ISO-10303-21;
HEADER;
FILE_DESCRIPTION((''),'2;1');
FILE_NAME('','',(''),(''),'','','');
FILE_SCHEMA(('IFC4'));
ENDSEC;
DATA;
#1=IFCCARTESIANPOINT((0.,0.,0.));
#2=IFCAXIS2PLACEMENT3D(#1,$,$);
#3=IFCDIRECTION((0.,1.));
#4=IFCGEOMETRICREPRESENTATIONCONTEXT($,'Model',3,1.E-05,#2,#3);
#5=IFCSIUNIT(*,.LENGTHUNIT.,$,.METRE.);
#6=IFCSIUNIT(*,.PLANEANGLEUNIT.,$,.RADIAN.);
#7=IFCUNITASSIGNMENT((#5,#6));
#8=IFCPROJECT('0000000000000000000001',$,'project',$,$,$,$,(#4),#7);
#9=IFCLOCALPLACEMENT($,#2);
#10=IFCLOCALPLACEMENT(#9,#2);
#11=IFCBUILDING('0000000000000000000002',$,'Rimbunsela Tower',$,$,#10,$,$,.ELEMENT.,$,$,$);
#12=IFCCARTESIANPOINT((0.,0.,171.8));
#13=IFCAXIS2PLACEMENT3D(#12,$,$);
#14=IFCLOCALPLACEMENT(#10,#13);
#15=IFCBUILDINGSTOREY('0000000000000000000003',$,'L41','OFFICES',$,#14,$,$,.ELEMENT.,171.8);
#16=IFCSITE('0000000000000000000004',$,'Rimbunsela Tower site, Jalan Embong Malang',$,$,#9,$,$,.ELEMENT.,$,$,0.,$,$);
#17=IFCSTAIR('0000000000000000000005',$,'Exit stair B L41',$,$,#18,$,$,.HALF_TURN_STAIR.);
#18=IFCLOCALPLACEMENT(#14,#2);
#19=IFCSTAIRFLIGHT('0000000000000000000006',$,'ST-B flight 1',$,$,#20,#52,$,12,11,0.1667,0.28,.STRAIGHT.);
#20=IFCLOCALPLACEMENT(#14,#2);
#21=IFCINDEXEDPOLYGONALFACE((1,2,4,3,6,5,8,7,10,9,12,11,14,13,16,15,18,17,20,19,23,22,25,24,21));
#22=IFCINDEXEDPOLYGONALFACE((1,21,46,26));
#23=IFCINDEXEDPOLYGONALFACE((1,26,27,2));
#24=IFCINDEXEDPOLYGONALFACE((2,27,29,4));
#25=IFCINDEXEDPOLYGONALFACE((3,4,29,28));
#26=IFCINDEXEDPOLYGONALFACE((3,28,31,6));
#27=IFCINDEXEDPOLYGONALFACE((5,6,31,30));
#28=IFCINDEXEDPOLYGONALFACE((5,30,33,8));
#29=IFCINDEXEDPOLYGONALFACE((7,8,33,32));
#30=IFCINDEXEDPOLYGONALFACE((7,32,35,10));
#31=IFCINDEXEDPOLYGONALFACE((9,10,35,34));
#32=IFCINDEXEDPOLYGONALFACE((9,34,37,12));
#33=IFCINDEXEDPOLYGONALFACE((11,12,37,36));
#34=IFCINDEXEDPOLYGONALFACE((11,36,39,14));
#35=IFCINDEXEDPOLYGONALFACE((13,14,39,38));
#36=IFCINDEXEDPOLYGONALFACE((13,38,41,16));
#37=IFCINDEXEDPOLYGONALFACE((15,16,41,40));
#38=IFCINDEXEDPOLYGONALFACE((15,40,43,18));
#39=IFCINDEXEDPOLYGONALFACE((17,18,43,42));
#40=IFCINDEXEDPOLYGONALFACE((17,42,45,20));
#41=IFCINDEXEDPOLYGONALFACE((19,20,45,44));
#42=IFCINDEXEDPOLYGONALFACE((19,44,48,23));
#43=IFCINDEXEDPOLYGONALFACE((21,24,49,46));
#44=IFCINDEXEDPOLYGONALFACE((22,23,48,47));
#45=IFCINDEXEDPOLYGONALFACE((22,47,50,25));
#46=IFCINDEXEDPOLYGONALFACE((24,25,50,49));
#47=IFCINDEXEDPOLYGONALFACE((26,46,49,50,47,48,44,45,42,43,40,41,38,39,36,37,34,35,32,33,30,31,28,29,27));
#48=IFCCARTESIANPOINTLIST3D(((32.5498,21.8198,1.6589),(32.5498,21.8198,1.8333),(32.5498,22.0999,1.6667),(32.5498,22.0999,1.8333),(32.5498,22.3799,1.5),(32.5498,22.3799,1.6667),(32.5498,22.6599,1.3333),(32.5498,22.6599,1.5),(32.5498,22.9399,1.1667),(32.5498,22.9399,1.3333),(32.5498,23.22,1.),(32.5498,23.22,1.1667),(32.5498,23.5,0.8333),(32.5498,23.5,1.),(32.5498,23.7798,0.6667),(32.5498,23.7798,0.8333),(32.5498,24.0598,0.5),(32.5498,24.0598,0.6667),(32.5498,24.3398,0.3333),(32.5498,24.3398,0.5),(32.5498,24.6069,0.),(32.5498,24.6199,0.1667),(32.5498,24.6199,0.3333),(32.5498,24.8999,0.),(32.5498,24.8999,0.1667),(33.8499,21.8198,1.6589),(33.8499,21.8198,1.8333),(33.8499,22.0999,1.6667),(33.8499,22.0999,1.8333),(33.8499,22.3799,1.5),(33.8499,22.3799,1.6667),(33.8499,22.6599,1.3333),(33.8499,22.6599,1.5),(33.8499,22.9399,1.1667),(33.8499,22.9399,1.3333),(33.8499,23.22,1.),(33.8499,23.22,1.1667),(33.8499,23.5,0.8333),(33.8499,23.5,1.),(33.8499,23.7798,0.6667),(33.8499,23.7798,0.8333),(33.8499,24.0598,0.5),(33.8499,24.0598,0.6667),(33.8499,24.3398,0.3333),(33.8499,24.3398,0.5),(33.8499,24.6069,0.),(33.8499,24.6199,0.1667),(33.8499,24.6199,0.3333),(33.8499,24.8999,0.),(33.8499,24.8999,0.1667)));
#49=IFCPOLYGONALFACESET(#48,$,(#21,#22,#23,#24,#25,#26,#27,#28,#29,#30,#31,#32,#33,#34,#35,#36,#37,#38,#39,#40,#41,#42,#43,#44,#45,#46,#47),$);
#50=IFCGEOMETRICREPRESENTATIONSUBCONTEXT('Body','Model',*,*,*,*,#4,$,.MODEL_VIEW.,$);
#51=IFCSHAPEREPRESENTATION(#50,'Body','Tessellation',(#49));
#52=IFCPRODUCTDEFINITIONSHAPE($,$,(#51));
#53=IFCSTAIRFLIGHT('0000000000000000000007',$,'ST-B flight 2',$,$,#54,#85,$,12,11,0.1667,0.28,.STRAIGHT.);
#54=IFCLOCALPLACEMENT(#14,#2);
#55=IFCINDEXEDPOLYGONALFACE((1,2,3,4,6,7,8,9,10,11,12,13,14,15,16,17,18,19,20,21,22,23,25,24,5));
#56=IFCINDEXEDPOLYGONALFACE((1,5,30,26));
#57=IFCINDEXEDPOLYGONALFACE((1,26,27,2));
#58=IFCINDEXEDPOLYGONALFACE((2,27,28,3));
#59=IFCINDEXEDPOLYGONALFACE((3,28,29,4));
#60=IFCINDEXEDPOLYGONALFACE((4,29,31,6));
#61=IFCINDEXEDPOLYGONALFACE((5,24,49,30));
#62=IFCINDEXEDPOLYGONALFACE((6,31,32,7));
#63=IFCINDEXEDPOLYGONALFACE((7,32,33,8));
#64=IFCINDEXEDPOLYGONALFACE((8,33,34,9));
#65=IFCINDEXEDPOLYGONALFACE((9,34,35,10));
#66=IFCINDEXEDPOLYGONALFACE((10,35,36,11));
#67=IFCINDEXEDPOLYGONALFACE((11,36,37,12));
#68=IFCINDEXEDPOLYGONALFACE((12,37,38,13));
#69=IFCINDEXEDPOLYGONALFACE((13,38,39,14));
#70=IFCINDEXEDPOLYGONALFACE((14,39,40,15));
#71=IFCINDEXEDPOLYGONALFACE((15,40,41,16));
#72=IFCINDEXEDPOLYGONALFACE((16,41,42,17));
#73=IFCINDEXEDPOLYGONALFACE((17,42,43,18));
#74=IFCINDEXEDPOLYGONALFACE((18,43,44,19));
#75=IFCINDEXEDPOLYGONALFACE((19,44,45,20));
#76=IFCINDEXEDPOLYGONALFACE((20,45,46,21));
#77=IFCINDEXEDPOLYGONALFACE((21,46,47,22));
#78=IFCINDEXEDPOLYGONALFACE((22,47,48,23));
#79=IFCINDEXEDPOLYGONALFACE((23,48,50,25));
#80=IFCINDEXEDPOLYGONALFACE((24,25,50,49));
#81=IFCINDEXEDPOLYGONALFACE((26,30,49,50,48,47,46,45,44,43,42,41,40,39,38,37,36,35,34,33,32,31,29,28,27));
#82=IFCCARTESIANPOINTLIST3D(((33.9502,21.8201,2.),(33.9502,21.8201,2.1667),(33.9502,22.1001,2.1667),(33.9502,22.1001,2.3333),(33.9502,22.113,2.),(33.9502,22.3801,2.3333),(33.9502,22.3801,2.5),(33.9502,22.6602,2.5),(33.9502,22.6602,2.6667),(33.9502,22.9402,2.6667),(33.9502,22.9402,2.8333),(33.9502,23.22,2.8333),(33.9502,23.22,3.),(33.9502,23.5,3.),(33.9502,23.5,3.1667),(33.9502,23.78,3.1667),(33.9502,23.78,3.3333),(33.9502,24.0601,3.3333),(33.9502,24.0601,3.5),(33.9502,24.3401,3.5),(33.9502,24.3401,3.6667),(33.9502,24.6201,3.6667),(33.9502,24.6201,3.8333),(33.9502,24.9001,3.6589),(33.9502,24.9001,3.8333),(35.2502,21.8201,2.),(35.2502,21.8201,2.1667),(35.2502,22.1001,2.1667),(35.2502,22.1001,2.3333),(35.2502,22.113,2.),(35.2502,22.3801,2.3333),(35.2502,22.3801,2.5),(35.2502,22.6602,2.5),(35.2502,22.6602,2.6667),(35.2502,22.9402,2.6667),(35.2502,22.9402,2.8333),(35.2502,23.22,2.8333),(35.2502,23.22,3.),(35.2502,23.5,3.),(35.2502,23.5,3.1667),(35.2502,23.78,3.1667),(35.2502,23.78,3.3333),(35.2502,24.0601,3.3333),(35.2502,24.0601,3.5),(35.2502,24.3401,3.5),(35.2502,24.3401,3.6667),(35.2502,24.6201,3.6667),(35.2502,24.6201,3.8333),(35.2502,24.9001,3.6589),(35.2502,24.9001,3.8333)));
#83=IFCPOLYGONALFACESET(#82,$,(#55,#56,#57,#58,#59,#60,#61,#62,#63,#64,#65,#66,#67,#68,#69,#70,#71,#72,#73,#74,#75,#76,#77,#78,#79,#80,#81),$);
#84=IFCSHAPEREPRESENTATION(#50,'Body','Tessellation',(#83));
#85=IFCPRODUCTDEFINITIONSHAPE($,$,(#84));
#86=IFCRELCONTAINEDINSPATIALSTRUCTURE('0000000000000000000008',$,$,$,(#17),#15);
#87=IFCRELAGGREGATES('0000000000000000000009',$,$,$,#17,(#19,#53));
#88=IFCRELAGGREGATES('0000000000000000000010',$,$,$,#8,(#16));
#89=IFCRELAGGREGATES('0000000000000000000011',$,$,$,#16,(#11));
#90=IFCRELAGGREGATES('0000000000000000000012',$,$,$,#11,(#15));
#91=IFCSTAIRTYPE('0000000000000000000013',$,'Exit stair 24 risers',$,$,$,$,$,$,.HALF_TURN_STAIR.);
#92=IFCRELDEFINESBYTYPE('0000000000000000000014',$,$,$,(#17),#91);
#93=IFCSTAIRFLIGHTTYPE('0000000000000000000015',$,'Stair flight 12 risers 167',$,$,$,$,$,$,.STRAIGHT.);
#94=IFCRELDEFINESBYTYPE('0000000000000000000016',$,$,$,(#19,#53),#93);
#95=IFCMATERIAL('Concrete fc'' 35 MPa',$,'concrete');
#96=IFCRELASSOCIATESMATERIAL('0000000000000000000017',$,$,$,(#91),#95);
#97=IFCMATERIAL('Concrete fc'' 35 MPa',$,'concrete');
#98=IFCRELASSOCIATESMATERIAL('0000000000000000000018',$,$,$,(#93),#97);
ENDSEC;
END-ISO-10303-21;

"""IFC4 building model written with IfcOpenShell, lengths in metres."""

from ifc_helpers import new_model, si_unit, direction, frame, origin, place, context, subcontext, project, spatial, polyline, outline, extrude, material, type_object, element, aggregate, save


model = new_model("IFC4")

# Units and contexts
model_context = context("Model", 3, precision=1e-05, world=origin(), true_north=direction((0.0, 1.0)))
body_context = subcontext(model_context, "Body", "Model", "MODEL_VIEW")
ifc_project = project(units=[si_unit("LENGTHUNIT", "METRE"), si_unit("PLANEANGLEUNIT", "RADIAN")], contexts=[model_context])

# Site, building, storey
site_placement = place(None, origin())
site = spatial("IfcSite", under=ifc_project, at=site_placement, Name="Rimbunsela Tower site, Jalan Embong Malang", CompositionType="ELEMENT", RefElevation=0.0)
building_placement = place(site_placement, origin())
building = spatial("IfcBuilding", under=site, at=building_placement, Name="Rimbunsela Tower", CompositionType="ELEMENT")
storey_placement = place(building_placement, frame((0.0, 0.0, 171.8)))
storey = spatial("IfcBuildingStorey", under=building, at=storey_placement, Name="L41", Description="OFFICES", CompositionType="ELEMENT", Elevation=171.8)

# Stair, stair flights
ifc_material_1 = material(Name="Concrete fc' 35 MPa", Category="concrete")
stair_type = type_object("IfcStairType", Name="Exit stair 24 risers", PredefinedType="HALF_TURN_STAIR", material=ifc_material_1)
stair_placement = place(storey_placement, origin())
stair = element("IfcStair", 1, at=stair_placement, inside=storey, type_object=stair_type, Name="Exit stair B L41", PredefinedType="HALF_TURN_STAIR")
ifc_material_2 = material(Name="Concrete fc' 35 MPa", Category="concrete")
stair_flight_type = type_object("IfcStairFlightType", Name="Stair flight 12 risers 167", PredefinedType="STRAIGHT", material=ifc_material_2)
stair_flight_1_placement = place(storey_placement, frame((33.2, 24.8999, 0.0), z_axis=(0.0, 0.0, 1.0), x_axis=(0.0, -1.0, 0.0)))
stair_flight_1 = element("IfcStairFlight", 2, at=stair_flight_1_placement, type_object=stair_flight_type, Name="ST-B flight 1", NumberOfRisers=12, NumberOfTreads=11, PredefinedType="STRAIGHT", RiserHeight=0.1667, TreadLength=0.28, context=body_context, shape_type="SweptSolid", body=[
    extrude(outline(polyline([(0.0, 0.0), (0.0, 0.1667), (0.28, 0.1667), (0.28, 0.3333), (0.5601, 0.3333), (0.5601, 0.5), (0.8401, 0.5), (0.8401, 0.6667), (1.1201, 0.6667), (1.1201, 0.8333), (1.3999, 0.8333), (1.3999, 1.0), (1.6799, 1.0), (1.6799, 1.1667), (1.96, 1.1667), (1.96, 1.3333), (2.24, 1.3333), (2.24, 1.5), (2.52, 1.5), (2.52, 1.6667), (2.8, 1.6667), (2.8, 1.8333), (3.0801, 1.8333), (3.0801, 2.0), (3.0801, 1.6589), (0.293, 0.0), (0.0, 0.0)])), frame((0.0, 0.6499, 0.0), z_axis=(0.0, -1.0, 0.0), x_axis=(1.0, 0.0, 0.0)), (0.0, 0.0, 1.0), 1.3),
])
stair_flight_2_placement = place(storey_placement, frame((34.6001, 21.8201, 2.0), z_axis=(0.0, 0.0, 1.0), x_axis=(0.0, 1.0, 0.0)))
stair_flight_2 = element("IfcStairFlight", 3, at=stair_flight_2_placement, type_object=stair_flight_type, Name="ST-B flight 2", NumberOfRisers=12, NumberOfTreads=11, PredefinedType="STRAIGHT", RiserHeight=0.1667, TreadLength=0.28, context=body_context, shape_type="SweptSolid", body=[
    extrude(outline(polyline([(0.0, 0.0), (0.0, 0.1667), (0.28, 0.1667), (0.28, 0.3333), (0.5601, 0.3333), (0.5601, 0.5), (0.8401, 0.5), (0.8401, 0.6667), (1.1201, 0.6667), (1.1201, 0.8333), (1.3999, 0.8333), (1.3999, 1.0), (1.6799, 1.0), (1.6799, 1.1667), (1.96, 1.1667), (1.96, 1.3333), (2.24, 1.3333), (2.24, 1.5), (2.52, 1.5), (2.52, 1.6667), (2.8, 1.6667), (2.8, 1.8333), (3.0801, 1.8333), (3.0801, 2.0), (3.0801, 1.6589), (0.293, 0.0), (0.0, 0.0)])), frame((0.0, 0.6499, 0.0), z_axis=(0.0, -1.0, 0.0), x_axis=(1.0, 0.0, 0.0)), (0.0, 0.0, 1.0), 1.3),
])
aggregate(stair, [stair_flight_1, stair_flight_2])

save(model, "model.ifc")
